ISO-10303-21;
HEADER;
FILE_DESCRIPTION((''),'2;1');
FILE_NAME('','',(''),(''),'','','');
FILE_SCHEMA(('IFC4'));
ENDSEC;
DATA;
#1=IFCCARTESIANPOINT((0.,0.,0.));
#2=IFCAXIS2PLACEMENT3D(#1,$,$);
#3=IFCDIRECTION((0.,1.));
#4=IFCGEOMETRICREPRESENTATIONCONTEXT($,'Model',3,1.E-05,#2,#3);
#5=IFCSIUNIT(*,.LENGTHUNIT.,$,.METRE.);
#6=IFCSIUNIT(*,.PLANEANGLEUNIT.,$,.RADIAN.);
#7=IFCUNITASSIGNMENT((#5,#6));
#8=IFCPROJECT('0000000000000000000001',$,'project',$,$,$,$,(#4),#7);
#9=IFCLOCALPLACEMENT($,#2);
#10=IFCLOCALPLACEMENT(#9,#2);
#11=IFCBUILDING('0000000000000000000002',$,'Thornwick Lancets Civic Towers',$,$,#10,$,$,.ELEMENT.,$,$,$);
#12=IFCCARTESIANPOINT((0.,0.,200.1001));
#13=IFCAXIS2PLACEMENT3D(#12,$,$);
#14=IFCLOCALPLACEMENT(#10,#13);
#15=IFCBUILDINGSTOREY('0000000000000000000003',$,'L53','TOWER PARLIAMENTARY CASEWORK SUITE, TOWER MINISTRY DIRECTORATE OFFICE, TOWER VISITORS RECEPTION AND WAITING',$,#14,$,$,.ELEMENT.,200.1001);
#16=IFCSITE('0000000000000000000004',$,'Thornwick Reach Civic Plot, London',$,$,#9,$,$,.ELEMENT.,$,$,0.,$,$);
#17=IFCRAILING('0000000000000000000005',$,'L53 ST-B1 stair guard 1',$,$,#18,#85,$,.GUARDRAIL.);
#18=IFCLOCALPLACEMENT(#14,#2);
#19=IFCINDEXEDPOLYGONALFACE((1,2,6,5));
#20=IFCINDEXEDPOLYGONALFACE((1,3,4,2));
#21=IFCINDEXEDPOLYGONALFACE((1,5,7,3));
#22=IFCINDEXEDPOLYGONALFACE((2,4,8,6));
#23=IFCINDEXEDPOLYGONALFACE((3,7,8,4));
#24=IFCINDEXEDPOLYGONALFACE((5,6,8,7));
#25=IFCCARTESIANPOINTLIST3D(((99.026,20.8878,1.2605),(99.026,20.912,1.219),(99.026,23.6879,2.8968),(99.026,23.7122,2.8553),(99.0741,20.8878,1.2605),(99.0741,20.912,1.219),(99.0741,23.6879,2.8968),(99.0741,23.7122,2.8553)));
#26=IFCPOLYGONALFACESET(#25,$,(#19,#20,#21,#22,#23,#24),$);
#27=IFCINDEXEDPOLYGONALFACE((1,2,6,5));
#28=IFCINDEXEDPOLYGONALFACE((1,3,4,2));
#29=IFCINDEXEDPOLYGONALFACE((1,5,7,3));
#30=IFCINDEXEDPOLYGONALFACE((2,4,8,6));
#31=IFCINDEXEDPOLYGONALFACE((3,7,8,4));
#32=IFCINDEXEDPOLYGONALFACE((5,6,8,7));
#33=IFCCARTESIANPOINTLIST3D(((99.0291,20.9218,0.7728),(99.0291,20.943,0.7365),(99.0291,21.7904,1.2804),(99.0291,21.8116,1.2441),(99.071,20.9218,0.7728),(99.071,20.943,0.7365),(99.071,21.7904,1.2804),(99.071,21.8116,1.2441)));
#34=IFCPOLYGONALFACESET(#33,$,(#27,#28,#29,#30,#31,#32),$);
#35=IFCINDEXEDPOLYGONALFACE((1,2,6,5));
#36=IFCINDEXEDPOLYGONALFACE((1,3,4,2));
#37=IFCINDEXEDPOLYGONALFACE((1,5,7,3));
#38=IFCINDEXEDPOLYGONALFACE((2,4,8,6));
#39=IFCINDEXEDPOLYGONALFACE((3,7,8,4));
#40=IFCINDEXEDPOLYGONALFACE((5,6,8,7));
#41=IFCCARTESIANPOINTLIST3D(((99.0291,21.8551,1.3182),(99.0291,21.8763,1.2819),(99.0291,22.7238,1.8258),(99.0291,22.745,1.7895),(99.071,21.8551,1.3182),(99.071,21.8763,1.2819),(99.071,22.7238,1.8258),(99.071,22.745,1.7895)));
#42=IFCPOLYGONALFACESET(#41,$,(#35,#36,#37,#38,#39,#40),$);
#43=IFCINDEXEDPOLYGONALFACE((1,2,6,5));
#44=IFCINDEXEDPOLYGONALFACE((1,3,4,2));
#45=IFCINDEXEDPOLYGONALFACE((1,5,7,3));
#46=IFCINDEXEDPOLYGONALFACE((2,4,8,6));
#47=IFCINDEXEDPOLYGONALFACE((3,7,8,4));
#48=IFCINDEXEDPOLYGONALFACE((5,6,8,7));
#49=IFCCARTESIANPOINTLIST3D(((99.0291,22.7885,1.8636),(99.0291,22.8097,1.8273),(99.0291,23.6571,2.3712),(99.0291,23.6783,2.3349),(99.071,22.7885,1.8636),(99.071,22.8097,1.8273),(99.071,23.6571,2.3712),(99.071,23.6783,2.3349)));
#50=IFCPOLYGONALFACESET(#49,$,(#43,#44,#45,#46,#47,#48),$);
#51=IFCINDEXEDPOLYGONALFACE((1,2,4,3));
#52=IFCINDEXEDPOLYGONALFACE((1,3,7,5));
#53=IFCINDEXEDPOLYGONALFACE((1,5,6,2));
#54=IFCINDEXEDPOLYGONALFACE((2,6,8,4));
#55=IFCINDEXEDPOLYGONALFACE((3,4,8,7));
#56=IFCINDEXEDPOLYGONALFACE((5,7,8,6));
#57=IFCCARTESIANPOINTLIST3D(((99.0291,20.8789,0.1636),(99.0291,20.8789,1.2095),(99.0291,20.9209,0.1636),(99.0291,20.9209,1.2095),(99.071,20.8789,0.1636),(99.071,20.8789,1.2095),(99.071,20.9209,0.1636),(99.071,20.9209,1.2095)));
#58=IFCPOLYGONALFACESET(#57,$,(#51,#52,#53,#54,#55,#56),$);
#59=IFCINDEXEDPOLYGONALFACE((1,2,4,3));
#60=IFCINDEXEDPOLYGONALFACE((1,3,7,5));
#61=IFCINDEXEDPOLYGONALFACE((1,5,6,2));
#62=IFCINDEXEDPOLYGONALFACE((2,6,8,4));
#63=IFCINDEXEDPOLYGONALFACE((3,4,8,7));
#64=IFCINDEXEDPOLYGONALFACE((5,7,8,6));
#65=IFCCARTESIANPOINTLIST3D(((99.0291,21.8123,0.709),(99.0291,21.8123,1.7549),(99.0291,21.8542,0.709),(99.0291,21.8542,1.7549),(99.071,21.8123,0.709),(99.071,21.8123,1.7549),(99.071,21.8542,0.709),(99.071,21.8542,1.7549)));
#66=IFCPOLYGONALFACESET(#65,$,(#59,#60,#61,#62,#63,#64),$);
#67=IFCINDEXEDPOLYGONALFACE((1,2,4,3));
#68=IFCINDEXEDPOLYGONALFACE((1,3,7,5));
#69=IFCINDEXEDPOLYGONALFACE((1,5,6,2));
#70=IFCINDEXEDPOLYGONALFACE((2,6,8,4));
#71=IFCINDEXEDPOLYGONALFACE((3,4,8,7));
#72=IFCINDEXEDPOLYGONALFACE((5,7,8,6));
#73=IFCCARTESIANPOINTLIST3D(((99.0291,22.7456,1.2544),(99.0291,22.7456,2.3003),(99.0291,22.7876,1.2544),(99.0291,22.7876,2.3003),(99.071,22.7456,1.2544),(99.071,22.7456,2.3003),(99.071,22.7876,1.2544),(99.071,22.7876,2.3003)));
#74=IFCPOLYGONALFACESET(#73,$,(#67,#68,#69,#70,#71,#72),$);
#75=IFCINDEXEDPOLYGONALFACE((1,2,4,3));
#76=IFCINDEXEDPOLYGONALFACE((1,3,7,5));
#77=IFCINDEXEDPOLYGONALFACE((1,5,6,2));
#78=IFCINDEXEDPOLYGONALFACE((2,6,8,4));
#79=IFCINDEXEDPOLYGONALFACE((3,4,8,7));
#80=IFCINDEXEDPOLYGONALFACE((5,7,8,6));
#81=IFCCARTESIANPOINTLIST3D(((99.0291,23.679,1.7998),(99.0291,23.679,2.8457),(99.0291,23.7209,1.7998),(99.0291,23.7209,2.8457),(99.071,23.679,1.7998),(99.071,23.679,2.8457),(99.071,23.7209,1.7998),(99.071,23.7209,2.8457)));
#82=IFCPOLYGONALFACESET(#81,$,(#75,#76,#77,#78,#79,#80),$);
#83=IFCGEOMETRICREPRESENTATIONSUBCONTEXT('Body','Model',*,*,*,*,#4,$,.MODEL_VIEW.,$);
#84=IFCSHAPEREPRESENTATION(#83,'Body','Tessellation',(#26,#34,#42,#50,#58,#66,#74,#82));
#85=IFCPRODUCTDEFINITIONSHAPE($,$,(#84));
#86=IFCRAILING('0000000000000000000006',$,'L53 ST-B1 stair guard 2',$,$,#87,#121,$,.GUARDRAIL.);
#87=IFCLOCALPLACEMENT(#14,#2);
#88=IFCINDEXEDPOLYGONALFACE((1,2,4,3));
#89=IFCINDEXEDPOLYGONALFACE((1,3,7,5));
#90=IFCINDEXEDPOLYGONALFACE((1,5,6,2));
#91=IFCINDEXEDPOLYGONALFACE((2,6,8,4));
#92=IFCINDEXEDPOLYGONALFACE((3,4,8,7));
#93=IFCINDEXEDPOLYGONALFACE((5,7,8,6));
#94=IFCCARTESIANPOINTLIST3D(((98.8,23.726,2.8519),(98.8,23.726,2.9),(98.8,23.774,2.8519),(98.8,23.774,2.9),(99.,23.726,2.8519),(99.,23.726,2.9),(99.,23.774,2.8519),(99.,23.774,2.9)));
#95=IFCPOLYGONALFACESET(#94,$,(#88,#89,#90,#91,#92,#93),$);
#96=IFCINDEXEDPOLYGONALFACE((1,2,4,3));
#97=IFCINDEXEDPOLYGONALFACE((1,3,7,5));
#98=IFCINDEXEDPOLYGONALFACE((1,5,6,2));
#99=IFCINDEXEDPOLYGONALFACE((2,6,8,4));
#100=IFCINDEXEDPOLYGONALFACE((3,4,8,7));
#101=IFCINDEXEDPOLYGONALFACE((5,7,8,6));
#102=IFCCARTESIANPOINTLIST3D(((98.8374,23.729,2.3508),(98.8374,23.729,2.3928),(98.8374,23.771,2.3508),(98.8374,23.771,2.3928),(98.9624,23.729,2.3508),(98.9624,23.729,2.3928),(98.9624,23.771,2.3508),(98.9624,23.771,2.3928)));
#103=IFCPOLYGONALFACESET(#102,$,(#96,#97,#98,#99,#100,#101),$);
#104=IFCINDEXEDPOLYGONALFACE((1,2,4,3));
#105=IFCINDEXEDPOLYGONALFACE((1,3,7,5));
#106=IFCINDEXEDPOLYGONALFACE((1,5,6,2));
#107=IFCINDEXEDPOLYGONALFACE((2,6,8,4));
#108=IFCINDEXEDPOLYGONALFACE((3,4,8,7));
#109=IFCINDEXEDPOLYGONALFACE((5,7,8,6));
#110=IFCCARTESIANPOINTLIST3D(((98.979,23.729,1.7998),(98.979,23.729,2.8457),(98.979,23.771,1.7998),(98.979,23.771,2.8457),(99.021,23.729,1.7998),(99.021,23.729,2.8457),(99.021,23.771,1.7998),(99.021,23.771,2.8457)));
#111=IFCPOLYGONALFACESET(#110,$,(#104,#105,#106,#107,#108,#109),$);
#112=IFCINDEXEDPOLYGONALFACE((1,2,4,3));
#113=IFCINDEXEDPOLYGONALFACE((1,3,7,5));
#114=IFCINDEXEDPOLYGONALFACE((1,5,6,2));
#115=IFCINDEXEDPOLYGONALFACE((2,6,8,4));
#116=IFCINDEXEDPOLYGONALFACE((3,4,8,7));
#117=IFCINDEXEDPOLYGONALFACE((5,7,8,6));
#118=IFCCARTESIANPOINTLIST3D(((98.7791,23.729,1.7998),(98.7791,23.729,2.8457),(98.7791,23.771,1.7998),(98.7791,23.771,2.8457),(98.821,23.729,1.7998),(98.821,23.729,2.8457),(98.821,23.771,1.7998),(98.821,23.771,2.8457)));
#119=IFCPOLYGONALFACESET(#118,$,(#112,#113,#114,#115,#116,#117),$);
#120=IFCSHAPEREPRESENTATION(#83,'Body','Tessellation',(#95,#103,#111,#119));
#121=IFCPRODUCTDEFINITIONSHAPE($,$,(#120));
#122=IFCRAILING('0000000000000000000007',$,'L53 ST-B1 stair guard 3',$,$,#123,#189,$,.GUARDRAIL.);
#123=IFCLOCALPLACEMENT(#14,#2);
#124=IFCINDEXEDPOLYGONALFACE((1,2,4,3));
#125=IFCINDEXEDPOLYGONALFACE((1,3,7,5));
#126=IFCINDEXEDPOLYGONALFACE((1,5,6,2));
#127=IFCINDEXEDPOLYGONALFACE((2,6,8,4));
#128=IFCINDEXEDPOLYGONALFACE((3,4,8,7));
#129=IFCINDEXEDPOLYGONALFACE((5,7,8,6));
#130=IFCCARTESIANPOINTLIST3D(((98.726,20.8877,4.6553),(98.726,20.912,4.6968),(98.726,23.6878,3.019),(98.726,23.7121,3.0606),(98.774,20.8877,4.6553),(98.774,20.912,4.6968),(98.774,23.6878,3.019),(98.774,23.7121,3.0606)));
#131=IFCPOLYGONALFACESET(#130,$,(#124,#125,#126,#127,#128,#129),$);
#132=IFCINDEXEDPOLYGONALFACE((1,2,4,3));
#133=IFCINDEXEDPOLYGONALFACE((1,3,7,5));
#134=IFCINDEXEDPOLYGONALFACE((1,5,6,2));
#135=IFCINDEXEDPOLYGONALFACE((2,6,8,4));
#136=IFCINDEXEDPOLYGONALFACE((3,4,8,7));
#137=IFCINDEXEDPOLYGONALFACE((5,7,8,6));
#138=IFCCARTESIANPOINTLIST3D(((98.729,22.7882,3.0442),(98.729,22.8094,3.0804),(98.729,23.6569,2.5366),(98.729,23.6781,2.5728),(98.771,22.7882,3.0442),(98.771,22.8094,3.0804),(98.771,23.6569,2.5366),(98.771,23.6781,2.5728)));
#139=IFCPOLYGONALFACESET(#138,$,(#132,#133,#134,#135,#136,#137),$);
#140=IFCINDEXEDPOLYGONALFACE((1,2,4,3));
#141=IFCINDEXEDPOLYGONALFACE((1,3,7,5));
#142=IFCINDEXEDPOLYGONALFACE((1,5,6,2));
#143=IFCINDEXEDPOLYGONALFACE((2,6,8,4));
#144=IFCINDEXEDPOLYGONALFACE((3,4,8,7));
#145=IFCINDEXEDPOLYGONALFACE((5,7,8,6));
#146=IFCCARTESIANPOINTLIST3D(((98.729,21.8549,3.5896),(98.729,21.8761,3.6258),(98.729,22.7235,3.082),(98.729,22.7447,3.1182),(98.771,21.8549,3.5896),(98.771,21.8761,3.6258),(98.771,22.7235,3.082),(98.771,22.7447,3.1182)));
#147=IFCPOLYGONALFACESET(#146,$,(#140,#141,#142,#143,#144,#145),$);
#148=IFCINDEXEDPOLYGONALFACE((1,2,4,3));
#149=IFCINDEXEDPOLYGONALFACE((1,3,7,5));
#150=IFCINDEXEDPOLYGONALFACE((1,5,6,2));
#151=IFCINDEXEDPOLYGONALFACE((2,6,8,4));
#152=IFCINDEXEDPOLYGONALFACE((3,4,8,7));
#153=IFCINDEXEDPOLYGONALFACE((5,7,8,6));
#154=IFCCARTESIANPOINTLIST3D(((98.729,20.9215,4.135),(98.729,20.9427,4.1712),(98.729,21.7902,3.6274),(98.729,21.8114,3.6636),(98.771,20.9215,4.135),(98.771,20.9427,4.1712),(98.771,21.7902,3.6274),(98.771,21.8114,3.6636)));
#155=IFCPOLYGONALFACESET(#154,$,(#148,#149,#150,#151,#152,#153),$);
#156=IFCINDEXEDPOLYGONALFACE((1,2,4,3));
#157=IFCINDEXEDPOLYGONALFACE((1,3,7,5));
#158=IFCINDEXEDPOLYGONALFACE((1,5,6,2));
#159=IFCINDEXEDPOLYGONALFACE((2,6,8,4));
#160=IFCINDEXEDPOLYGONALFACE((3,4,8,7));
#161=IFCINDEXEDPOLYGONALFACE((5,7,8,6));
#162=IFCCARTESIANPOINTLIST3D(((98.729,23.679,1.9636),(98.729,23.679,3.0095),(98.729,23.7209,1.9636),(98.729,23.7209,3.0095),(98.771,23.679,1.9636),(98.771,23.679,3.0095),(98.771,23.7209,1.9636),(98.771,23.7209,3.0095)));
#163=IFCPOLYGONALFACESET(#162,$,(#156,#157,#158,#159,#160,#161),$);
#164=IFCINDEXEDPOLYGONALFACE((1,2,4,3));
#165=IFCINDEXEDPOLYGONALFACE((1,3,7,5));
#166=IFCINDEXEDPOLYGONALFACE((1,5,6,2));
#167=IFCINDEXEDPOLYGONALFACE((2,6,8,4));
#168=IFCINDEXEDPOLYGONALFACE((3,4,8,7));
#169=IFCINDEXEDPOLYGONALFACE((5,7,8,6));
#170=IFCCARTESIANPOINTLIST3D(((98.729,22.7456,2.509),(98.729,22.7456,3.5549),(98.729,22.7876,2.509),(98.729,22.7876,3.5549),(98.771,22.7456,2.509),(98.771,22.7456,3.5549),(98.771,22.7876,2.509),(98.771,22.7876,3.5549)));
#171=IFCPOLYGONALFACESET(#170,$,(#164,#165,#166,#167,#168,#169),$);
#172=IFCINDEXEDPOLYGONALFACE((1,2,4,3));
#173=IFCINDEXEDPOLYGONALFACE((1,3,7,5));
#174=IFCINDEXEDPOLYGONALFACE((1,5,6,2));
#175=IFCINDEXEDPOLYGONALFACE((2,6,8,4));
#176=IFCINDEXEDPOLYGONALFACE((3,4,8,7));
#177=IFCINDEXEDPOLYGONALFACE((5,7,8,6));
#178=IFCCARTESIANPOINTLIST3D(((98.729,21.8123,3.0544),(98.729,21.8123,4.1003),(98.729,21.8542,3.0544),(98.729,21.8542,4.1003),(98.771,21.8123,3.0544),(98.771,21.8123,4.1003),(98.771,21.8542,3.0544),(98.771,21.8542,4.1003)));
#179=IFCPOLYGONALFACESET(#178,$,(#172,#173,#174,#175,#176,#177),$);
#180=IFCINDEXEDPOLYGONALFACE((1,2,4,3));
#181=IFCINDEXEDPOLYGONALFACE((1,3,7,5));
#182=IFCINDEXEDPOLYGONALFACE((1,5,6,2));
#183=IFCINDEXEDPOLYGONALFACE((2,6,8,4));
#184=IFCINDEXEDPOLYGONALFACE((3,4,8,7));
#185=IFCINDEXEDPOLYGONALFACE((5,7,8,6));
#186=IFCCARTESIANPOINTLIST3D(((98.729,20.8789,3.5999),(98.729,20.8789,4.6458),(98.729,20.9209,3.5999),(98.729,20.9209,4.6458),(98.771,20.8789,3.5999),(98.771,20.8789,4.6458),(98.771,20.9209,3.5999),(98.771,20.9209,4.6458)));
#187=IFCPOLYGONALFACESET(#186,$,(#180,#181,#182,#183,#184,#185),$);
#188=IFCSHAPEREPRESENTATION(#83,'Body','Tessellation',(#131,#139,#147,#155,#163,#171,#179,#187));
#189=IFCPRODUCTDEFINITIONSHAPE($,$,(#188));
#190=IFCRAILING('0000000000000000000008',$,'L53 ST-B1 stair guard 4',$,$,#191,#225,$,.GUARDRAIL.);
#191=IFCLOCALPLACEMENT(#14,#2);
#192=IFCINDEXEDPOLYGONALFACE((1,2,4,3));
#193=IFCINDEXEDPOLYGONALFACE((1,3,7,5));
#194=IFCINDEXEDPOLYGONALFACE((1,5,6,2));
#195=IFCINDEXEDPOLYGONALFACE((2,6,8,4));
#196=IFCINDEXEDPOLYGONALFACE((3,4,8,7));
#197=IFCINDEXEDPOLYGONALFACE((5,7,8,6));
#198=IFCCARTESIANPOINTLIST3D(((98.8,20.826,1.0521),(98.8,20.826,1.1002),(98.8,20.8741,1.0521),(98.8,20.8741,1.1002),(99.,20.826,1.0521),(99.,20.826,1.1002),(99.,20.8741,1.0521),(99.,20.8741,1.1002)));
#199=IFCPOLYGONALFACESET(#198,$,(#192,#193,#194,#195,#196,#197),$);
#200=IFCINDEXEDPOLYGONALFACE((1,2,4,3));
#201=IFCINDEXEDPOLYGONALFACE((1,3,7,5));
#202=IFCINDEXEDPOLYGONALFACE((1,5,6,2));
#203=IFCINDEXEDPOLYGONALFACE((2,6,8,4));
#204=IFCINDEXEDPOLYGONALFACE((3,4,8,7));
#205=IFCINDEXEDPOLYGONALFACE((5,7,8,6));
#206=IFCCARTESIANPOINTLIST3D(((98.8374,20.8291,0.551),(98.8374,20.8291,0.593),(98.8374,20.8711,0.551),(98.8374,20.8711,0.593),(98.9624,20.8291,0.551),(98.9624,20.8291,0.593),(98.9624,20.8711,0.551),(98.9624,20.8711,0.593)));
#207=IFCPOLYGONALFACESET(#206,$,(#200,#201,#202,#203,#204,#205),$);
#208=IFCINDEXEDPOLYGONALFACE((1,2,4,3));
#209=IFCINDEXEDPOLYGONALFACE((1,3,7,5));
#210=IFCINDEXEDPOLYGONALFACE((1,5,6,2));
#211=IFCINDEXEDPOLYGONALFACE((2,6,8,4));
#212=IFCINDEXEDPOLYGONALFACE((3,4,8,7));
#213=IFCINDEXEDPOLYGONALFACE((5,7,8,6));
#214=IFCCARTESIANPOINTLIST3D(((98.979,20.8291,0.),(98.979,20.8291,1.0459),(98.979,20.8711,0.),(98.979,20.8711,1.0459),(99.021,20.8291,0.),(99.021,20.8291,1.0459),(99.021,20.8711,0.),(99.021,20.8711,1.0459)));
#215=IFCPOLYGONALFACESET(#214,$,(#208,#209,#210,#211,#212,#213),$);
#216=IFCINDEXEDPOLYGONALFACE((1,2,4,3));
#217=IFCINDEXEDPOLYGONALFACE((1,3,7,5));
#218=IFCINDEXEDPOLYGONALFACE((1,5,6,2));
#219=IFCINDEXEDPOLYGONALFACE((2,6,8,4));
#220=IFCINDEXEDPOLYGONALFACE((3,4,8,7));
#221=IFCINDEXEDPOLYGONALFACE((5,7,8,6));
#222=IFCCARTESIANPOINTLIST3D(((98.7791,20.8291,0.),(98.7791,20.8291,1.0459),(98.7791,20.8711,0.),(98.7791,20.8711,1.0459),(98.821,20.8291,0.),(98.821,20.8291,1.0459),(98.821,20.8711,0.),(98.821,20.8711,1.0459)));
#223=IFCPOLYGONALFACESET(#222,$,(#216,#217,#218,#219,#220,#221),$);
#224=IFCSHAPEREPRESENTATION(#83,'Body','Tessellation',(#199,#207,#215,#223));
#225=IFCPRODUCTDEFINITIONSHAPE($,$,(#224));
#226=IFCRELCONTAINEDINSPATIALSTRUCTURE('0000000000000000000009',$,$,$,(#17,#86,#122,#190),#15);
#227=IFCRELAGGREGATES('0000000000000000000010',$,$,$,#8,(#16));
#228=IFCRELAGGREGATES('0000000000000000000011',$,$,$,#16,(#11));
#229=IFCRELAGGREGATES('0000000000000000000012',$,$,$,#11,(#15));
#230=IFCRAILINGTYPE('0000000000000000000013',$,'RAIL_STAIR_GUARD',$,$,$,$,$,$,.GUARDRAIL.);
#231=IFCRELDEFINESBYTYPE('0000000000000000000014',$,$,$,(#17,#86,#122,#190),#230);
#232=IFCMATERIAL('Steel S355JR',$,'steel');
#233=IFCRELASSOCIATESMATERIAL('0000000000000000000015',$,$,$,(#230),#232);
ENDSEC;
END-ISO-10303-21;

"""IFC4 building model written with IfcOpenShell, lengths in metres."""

from ifc_helpers import new_model, si_unit, direction, frame, origin, origin_2d, place, context, subcontext, project, spatial, rectangle, extrude, material, type_object, element, save


model = new_model("IFC4")

# Units and contexts
model_context = context("Model", 3, precision=1e-05, world=origin(), true_north=direction((0.0, 1.0)))
body_context = subcontext(model_context, "Body", "Model", "MODEL_VIEW")
ifc_project = project(units=[si_unit("LENGTHUNIT", "METRE"), si_unit("PLANEANGLEUNIT", "RADIAN")], contexts=[model_context])

# Site, building, storey
site_placement = place(None, origin())
site = spatial("IfcSite", under=ifc_project, at=site_placement, Name="Thornwick Reach Civic Plot, London", CompositionType="ELEMENT", RefElevation=0.0)
building_placement = place(site_placement, origin())
building = spatial("IfcBuilding", under=site, at=building_placement, Name="Thornwick Lancets Civic Towers", CompositionType="ELEMENT")
storey_placement = place(building_placement, frame((0.0, 0.0, 200.1001)))
storey = spatial("IfcBuildingStorey", under=building, at=storey_placement, Name="L53", Description="TOWER PARLIAMENTARY CASEWORK SUITE, TOWER MINISTRY DIRECTORATE OFFICE, TOWER VISITORS RECEPTION AND WAITING", CompositionType="ELEMENT", Elevation=200.1001)

# Railings
ifc_material_1 = material(Name="Steel S355JR", Category="steel")
railing_type_1 = type_object("IfcRailingType", Name="RAIL_STAIR_GUARD", PredefinedType="GUARDRAIL", material=ifc_material_1)
railing_1_placement = place(storey_placement, frame((99.05, 20.8999, 0.1636)))
element("IfcRailing", 1, at=railing_1_placement, inside=storey, type_object=railing_type_1, Name="L53 ST-B1 stair guard 1", PredefinedType="GUARDRAIL", context=body_context, shape_type="SweptSolid", body=[
    extrude(rectangle(XDim=0.0481, YDim=0.0481, at=origin_2d()), frame((0.0, 0.0, 1.0762), z_axis=(0.0, 0.863394, 0.504531), x_axis=(-1.0, 0.0, 0.0)), (0.0, 0.0, 1.0), 3.2432),
    extrude(rectangle(XDim=0.042, YDim=0.042, at=origin_2d()), frame((0.0, 0.0325, 0.5911), z_axis=(0.0, 0.863394, 0.504531), x_axis=(-1.0, 0.0, 0.0)), (0.0, 0.0, 1.0), 1.0061),
    extrude(rectangle(XDim=0.042, YDim=0.042, at=origin_2d()), frame((0.0, 0.9658, 1.1365), z_axis=(0.0, 0.863394, 0.504531), x_axis=(-1.0, 0.0, 0.0)), (0.0, 0.0, 1.0), 1.0061),
    extrude(rectangle(XDim=0.042, YDim=0.042, at=origin_2d()), frame((0.0, 1.8992, 1.6819), z_axis=(0.0, 0.863394, 0.504531), x_axis=(-1.0, 0.0, 0.0)), (0.0, 0.0, 1.0), 1.0061),
    extrude(rectangle(XDim=0.042, YDim=0.042, at=origin_2d()), origin(), (0.0, 0.0, 1.0), 1.0459),
    extrude(rectangle(XDim=0.042, YDim=0.042, at=origin_2d()), frame((0.0, 0.9333, 0.5454)), (0.0, 0.0, 1.0), 1.0459),
    extrude(rectangle(XDim=0.042, YDim=0.042, at=origin_2d()), frame((0.0, 1.8667, 1.0908)), (0.0, 0.0, 1.0), 1.0459),
    extrude(rectangle(XDim=0.042, YDim=0.042, at=origin_2d()), frame((0.0, 2.8, 1.6362)), (0.0, 0.0, 1.0), 1.0459),
])
railing_2_placement = place(storey_placement, frame((99.0, 23.75, 1.7998)))
element("IfcRailing", 2, at=railing_2_placement, inside=storey, type_object=railing_type_1, Name="L53 ST-B1 stair guard 2", PredefinedType="GUARDRAIL", context=body_context, shape_type="SweptSolid", body=[
    extrude(rectangle(XDim=0.0481, YDim=0.0481, at=origin_2d()), frame((0.0, 0.0, 1.0762), z_axis=(-1.0, 0.0, 0.0), x_axis=(0.0, -1.0, 0.0)), (0.0, 0.0, 1.0), 0.2),
    extrude(rectangle(XDim=0.042, YDim=0.042, at=origin_2d()), frame((-0.0376, 0.0, 0.572), z_axis=(-1.0, 0.0, 0.0), x_axis=(0.0, -1.0, 0.0)), (0.0, 0.0, 1.0), 0.125),
    extrude(rectangle(XDim=0.042, YDim=0.042, at=origin_2d()), origin(), (0.0, 0.0, 1.0), 1.0459),
    extrude(rectangle(XDim=0.042, YDim=0.042, at=origin_2d()), frame((-0.2, 0.0, 0.0)), (0.0, 0.0, 1.0), 1.0459),
])
railing_3_placement = place(storey_placement, frame((98.75, 23.7, 1.9636)))
element("IfcRailing", 3, at=railing_3_placement, inside=storey, type_object=railing_type_1, Name="L53 ST-B1 stair guard 3", PredefinedType="GUARDRAIL", context=body_context, shape_type="SweptSolid", body=[
    extrude(rectangle(XDim=0.0481, YDim=0.0481, at=origin_2d()), frame((0.0, 0.0, 1.0762), z_axis=(0.0, -0.863394, 0.504531), x_axis=(1.0, 0.0, 0.0)), (0.0, 0.0, 1.0), 3.2432),
    extrude(rectangle(XDim=0.042, YDim=0.042, at=origin_2d()), frame((0.0, -0.0325, 0.5911), z_axis=(0.0, -0.863394, 0.504531), x_axis=(1.0, 0.0, 0.0)), (0.0, 0.0, 1.0), 1.0061),
    extrude(rectangle(XDim=0.042, YDim=0.042, at=origin_2d()), frame((0.0, -0.9658, 1.1365), z_axis=(0.0, -0.863394, 0.504531), x_axis=(1.0, 0.0, 0.0)), (0.0, 0.0, 1.0), 1.0061),
    extrude(rectangle(XDim=0.042, YDim=0.042, at=origin_2d()), frame((0.0, -1.8992, 1.6819), z_axis=(0.0, -0.863394, 0.504531), x_axis=(1.0, 0.0, 0.0)), (0.0, 0.0, 1.0), 1.0061),
    extrude(rectangle(XDim=0.042, YDim=0.042, at=origin_2d()), origin(), (0.0, 0.0, 1.0), 1.0459),
    extrude(rectangle(XDim=0.042, YDim=0.042, at=origin_2d()), frame((0.0, -0.9333, 0.5454)), (0.0, 0.0, 1.0), 1.0459),
    extrude(rectangle(XDim=0.042, YDim=0.042, at=origin_2d()), frame((0.0, -1.8667, 1.0908)), (0.0, 0.0, 1.0), 1.0459),
    extrude(rectangle(XDim=0.042, YDim=0.042, at=origin_2d()), frame((0.0, -2.8, 1.6362)), (0.0, 0.0, 1.0), 1.0459),
])
railing_4_placement = place(storey_placement, frame((99.0, 20.8501, 0.0)))
element("IfcRailing", 4, at=railing_4_placement, inside=storey, type_object=railing_type_1, Name="L53 ST-B1 stair guard 4", PredefinedType="GUARDRAIL", context=body_context, shape_type="SweptSolid", body=[
    extrude(rectangle(XDim=0.0481, YDim=0.0481, at=origin_2d()), frame((0.0, 0.0, 1.0762), z_axis=(-1.0, 0.0, 0.0), x_axis=(0.0, -1.0, 0.0)), (0.0, 0.0, 1.0), 0.2),
    extrude(rectangle(XDim=0.042, YDim=0.042, at=origin_2d()), frame((-0.0376, 0.0, 0.572), z_axis=(-1.0, 0.0, 0.0), x_axis=(0.0, -1.0, 0.0)), (0.0, 0.0, 1.0), 0.125),
    extrude(rectangle(XDim=0.042, YDim=0.042, at=origin_2d()), origin(), (0.0, 0.0, 1.0), 1.0459),
    extrude(rectangle(XDim=0.042, YDim=0.042, at=origin_2d()), frame((-0.2, 0.0, 0.0)), (0.0, 0.0, 1.0), 1.0459),
])

save(model, "model.ifc")
